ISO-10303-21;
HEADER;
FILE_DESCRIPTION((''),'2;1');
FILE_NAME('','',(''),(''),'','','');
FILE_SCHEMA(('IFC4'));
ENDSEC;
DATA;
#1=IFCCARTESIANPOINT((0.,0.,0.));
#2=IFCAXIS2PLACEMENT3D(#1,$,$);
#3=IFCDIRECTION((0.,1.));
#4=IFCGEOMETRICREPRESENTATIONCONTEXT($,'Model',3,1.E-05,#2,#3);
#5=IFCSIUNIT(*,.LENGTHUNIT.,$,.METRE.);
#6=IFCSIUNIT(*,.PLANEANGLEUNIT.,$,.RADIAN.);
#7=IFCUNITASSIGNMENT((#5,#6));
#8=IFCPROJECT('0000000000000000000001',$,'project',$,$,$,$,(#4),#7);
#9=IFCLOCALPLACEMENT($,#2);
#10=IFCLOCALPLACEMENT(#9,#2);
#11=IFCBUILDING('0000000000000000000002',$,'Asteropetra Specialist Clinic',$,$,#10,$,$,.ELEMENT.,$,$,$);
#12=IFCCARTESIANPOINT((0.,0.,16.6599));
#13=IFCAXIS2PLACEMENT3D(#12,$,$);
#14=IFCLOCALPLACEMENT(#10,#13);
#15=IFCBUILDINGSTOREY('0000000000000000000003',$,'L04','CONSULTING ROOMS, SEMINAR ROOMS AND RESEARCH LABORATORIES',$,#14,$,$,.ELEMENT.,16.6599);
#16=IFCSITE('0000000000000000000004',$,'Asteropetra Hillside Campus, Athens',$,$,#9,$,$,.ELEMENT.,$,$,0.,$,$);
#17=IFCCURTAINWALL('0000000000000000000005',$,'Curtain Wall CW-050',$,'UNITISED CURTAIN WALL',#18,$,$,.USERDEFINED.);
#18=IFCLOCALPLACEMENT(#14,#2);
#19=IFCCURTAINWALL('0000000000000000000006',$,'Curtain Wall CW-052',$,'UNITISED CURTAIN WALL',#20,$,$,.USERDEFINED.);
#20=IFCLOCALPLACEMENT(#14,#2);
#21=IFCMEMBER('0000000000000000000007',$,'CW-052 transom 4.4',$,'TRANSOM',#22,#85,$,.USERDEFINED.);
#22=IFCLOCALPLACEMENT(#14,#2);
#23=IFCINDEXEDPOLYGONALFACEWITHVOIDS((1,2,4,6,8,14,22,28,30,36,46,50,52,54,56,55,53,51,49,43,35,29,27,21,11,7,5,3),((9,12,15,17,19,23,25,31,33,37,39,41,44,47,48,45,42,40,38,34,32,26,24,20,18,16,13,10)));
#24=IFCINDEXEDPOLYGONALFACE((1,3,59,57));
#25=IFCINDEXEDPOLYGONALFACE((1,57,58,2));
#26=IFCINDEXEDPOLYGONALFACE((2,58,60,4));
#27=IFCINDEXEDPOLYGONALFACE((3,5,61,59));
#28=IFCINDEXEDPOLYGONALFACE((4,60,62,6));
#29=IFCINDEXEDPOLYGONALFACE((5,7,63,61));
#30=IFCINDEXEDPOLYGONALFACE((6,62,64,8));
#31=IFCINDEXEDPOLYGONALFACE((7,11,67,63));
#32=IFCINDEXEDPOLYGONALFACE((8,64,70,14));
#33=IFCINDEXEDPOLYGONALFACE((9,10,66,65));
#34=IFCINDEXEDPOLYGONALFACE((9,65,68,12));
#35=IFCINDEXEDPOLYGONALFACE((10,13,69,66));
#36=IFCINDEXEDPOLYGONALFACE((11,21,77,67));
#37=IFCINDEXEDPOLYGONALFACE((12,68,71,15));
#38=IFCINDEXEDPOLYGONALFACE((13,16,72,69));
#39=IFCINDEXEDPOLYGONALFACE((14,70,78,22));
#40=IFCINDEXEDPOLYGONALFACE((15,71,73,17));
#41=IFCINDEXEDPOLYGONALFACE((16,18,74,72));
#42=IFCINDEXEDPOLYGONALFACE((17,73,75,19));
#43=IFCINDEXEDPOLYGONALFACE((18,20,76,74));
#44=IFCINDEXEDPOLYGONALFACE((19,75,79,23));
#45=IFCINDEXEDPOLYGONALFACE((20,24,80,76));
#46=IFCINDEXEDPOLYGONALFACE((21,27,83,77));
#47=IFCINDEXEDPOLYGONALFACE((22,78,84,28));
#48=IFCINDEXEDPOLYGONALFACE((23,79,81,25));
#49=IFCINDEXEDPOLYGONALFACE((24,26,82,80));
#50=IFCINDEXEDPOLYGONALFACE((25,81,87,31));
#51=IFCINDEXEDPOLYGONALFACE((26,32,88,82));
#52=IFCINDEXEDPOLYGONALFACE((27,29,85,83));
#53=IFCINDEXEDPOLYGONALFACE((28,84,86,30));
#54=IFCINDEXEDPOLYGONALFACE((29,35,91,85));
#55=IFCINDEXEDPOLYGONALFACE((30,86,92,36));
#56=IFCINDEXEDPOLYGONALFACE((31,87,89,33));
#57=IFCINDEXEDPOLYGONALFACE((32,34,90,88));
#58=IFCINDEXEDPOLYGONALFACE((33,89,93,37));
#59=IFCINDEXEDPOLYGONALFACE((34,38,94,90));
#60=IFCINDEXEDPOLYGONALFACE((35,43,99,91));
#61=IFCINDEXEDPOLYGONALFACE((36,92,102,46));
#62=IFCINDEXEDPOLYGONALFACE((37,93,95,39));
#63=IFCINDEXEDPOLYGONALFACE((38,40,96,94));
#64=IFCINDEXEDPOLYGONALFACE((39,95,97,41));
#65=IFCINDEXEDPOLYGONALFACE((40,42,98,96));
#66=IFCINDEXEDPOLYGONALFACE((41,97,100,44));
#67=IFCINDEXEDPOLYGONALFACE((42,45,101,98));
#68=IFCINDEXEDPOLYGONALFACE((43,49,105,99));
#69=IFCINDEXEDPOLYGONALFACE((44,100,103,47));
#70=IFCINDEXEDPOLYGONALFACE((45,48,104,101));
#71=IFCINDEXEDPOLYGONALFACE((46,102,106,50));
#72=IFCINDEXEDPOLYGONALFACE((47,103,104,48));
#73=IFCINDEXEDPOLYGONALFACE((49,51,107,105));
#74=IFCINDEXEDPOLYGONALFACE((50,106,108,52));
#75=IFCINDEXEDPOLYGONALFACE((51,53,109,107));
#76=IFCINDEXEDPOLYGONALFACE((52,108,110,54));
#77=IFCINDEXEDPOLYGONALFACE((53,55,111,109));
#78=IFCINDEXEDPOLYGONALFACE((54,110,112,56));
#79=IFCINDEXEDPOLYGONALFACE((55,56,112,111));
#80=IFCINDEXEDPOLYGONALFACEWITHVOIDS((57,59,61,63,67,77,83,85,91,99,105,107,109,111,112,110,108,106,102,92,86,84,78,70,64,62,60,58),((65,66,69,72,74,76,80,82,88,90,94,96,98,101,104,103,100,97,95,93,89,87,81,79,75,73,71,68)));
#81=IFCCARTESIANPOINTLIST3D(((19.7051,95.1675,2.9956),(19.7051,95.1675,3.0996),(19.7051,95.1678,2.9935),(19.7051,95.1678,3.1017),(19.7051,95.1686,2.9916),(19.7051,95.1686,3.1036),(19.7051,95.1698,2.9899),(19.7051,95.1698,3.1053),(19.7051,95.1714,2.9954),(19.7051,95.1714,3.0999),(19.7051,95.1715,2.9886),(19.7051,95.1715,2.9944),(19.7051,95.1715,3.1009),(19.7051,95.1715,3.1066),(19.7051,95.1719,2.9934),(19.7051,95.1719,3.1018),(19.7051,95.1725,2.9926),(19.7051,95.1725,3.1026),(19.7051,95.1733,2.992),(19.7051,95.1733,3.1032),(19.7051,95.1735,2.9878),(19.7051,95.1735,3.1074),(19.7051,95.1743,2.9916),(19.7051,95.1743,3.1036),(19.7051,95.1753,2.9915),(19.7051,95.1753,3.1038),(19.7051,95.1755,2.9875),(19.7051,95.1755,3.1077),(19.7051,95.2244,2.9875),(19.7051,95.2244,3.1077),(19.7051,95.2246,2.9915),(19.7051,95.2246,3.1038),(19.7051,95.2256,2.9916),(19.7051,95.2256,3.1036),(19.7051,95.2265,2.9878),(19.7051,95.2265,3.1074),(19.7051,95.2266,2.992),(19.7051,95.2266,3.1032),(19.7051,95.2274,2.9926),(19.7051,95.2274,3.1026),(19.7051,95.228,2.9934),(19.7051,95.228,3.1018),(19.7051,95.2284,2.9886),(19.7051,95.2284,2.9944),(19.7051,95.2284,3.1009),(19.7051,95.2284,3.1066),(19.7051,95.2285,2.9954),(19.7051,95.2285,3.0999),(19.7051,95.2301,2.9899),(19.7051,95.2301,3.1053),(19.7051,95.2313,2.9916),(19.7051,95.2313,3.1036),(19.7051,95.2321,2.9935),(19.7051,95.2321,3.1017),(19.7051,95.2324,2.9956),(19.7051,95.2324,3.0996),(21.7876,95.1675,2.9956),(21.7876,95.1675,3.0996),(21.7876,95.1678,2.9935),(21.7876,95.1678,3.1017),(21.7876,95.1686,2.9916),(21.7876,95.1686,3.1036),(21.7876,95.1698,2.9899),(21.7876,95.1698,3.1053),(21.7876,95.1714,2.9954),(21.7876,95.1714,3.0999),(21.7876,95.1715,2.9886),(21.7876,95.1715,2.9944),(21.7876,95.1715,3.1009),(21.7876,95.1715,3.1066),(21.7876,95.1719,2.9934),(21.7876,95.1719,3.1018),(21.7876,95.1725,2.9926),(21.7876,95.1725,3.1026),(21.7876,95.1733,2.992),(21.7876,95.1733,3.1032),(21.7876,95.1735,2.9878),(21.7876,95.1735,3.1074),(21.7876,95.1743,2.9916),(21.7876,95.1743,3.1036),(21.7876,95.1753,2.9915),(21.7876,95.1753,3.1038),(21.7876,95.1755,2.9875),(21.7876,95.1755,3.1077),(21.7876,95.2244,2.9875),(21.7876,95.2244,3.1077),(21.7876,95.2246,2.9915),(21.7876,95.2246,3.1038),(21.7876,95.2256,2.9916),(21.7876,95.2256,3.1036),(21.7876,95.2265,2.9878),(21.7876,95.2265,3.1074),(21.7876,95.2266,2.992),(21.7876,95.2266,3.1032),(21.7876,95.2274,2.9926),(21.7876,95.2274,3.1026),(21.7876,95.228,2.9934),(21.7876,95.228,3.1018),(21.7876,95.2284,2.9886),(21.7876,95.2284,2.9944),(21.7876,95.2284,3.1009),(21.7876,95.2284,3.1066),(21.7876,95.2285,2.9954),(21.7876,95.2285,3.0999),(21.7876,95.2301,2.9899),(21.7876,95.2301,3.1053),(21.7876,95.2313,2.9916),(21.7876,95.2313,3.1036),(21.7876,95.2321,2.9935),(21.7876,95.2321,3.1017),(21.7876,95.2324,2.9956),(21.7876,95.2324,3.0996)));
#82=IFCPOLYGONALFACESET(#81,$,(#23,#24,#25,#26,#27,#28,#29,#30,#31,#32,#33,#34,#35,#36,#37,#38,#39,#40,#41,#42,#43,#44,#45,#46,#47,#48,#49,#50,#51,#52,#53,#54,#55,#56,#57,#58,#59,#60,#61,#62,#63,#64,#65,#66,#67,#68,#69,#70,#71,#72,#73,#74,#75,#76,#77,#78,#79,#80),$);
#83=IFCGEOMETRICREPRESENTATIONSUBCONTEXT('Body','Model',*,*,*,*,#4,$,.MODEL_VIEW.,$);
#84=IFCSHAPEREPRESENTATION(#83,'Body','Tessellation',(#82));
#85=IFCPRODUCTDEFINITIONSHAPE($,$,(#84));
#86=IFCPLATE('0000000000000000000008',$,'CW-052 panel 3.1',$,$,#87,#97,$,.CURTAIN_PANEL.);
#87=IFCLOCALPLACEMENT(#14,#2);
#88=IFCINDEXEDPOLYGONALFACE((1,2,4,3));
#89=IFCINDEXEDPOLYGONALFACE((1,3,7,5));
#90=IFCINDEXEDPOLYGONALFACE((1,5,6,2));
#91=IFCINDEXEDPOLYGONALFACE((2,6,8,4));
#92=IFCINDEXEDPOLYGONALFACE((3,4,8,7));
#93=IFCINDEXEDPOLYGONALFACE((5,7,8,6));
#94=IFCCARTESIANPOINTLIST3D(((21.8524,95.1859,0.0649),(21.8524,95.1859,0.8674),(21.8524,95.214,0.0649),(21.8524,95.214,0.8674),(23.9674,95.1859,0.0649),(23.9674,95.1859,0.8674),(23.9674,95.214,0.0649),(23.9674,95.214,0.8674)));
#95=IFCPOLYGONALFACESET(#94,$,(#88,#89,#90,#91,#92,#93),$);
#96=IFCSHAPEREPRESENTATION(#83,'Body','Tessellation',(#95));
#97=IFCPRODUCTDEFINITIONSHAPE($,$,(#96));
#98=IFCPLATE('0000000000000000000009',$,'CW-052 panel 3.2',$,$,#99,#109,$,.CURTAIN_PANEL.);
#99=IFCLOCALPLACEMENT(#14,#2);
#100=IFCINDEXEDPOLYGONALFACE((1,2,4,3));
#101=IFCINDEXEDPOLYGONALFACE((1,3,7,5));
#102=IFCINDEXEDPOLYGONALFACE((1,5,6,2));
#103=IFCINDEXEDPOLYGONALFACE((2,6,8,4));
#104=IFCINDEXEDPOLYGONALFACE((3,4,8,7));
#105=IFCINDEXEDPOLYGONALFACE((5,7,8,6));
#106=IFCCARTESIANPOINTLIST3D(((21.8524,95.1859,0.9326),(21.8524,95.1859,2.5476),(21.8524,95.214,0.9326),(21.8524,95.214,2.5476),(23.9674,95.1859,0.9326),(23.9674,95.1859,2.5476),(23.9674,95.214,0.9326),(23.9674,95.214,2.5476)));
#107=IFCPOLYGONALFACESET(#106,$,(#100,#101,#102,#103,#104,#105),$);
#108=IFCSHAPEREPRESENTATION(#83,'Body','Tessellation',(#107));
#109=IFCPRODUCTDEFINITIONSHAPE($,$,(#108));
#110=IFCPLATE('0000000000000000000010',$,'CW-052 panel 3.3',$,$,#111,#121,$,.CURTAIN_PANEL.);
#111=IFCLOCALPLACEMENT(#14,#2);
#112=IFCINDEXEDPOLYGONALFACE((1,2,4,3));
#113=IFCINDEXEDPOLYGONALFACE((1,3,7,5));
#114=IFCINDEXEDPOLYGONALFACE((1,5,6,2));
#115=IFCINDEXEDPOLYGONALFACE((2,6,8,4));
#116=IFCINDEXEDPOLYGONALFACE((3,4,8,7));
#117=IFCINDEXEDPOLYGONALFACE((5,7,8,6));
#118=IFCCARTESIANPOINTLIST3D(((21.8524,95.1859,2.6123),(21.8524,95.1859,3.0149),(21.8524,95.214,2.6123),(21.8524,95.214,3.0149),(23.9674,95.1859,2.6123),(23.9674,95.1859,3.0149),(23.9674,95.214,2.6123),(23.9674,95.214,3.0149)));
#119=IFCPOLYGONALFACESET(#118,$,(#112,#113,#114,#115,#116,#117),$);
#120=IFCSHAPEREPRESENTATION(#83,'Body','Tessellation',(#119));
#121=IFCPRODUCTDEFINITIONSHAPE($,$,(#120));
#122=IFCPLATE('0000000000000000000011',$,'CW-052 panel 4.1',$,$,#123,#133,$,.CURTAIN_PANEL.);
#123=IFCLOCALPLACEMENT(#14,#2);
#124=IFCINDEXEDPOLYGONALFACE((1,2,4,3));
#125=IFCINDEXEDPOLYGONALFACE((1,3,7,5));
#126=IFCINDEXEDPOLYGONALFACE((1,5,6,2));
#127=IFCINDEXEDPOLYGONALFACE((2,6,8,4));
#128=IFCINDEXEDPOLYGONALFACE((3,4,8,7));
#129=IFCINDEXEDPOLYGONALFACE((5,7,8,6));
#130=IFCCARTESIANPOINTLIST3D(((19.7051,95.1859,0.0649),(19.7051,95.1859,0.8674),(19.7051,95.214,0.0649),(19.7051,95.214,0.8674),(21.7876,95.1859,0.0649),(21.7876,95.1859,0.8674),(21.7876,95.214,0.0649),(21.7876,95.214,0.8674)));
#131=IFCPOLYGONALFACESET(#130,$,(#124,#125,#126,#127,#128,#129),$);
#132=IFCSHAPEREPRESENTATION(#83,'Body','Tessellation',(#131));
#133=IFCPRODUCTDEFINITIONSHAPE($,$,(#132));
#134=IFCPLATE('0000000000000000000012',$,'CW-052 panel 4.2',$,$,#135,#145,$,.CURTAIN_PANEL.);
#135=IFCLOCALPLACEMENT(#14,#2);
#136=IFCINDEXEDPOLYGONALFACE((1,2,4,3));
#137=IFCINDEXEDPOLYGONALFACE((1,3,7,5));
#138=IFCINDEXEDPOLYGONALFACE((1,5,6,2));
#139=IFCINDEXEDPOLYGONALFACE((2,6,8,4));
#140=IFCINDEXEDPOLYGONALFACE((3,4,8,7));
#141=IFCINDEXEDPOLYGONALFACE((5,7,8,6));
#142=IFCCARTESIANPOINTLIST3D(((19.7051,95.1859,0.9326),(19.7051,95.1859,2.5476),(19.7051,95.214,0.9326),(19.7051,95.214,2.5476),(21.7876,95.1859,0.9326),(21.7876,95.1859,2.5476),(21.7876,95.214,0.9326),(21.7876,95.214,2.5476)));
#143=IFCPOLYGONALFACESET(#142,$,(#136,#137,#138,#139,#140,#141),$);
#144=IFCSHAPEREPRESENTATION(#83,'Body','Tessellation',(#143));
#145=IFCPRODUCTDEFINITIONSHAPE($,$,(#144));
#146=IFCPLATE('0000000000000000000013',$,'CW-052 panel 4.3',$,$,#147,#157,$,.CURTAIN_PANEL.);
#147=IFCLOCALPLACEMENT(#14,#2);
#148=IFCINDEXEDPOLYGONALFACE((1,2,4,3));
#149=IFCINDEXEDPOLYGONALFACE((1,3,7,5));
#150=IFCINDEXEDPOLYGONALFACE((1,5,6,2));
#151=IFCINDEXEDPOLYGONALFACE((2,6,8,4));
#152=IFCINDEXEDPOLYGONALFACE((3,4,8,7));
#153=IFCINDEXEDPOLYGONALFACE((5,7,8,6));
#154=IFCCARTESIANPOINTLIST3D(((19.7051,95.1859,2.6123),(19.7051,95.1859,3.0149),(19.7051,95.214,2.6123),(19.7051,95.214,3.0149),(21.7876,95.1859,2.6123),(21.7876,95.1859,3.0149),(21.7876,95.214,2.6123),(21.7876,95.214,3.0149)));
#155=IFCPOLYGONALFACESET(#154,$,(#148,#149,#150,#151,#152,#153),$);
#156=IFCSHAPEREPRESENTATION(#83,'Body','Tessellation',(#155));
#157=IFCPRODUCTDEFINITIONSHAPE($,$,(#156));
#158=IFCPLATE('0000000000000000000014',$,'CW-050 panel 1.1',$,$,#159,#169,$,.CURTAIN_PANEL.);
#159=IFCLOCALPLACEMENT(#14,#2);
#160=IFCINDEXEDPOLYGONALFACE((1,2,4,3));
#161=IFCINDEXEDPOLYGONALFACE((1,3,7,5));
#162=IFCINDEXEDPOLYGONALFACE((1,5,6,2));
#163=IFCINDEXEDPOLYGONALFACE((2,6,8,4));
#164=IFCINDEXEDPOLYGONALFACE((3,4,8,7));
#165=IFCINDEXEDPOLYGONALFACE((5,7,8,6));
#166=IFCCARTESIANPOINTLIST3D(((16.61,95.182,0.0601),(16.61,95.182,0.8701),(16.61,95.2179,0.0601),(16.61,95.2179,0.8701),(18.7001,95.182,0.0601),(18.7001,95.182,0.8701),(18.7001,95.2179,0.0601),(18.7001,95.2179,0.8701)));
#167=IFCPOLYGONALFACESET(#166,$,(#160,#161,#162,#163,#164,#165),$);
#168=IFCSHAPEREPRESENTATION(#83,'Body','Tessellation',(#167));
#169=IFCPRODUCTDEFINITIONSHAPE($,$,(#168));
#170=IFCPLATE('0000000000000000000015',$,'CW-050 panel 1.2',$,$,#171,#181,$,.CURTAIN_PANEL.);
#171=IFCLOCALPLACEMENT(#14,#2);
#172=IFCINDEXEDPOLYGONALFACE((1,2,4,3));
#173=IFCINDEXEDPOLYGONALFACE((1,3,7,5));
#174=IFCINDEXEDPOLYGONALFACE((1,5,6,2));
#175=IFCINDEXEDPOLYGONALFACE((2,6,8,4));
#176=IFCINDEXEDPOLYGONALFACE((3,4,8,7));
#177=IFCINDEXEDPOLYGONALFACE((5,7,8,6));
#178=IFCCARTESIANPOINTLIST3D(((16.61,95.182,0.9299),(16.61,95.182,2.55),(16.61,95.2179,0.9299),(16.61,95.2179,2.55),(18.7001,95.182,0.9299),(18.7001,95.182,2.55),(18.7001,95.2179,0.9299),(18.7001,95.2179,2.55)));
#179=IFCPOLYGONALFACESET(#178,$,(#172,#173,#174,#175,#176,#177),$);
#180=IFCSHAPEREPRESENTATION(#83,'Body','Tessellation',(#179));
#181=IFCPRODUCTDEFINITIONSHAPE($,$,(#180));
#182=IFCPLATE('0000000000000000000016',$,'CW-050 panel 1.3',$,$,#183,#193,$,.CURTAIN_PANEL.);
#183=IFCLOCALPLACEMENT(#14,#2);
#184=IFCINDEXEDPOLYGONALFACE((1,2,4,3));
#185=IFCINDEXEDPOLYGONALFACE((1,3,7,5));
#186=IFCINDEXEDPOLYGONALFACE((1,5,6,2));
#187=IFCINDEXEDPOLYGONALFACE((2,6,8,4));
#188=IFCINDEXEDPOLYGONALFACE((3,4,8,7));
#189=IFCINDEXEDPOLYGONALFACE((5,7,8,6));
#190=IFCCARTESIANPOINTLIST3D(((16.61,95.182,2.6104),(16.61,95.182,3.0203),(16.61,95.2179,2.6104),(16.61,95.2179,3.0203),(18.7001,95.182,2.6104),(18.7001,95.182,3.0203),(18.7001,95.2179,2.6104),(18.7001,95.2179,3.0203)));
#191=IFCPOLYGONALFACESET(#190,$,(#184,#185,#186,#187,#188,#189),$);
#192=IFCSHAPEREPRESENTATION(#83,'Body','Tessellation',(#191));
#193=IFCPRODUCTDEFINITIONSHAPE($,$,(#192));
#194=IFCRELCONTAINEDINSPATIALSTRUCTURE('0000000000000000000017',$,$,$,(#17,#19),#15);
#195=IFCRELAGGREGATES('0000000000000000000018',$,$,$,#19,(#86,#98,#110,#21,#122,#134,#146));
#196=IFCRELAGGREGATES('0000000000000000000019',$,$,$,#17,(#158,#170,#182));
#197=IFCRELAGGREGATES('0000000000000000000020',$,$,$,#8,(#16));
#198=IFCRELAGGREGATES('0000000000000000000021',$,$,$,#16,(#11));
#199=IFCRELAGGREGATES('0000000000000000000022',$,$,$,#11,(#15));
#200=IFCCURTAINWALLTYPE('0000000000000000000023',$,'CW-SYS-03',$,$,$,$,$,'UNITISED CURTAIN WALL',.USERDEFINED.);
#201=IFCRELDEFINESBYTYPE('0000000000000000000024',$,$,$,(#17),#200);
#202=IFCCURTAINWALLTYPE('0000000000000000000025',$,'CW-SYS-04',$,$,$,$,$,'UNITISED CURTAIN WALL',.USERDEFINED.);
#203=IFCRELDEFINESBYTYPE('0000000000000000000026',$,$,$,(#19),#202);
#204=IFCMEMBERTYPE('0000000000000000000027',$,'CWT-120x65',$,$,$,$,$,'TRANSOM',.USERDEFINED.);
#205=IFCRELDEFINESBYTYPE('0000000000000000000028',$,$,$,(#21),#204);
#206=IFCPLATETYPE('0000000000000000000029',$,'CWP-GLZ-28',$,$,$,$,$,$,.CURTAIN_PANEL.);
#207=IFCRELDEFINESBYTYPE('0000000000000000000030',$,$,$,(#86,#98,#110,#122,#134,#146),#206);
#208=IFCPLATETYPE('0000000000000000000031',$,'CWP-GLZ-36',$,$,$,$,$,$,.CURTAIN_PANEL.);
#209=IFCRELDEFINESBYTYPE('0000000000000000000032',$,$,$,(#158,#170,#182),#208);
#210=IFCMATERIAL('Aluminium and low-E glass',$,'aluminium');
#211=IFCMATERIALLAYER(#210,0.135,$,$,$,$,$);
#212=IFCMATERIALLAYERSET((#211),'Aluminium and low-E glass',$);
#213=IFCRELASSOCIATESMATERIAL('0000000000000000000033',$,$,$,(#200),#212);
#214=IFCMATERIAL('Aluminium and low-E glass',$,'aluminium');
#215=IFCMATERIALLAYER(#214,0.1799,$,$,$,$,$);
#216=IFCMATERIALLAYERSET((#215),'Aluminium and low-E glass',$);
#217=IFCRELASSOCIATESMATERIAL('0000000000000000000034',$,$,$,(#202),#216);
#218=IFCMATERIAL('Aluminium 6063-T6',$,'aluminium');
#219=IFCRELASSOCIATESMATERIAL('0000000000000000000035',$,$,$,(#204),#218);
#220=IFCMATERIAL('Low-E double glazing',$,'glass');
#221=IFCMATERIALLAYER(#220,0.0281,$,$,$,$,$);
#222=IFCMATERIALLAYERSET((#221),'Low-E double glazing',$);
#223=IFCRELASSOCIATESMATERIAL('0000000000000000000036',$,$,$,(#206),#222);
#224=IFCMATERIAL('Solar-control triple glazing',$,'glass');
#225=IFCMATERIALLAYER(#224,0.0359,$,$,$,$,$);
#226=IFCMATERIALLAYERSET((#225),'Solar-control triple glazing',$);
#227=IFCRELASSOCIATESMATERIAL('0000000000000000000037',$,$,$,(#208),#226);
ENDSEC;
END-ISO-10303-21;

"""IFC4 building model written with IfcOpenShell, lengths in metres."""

from ifc_helpers import new_model, si_unit, direction, frame, origin, origin_2d, place, context, subcontext, project, spatial, rectangle, hollow_rectangle, extrude, material, layer, layer_set, material_profile, profile_set, type_object, element, aggregate, save


model = new_model("IFC4")

# Units and contexts
model_context = context("Model", 3, precision=1e-05, world=origin(), true_north=direction((0.0, 1.0)))
body_context = subcontext(model_context, "Body", "Model", "MODEL_VIEW")
ifc_project = project(units=[si_unit("LENGTHUNIT", "METRE"), si_unit("PLANEANGLEUNIT", "RADIAN")], contexts=[model_context])

# Site, building, storey
site_placement = place(None, origin())
site = spatial("IfcSite", under=ifc_project, at=site_placement, Name="Asteropetra Hillside Campus, Athens", CompositionType="ELEMENT", RefElevation=0.0)
building_placement = place(site_placement, origin())
building = spatial("IfcBuilding", under=site, at=building_placement, Name="Asteropetra Specialist Clinic", CompositionType="ELEMENT")
storey_placement = place(building_placement, frame((0.0, 0.0, 16.6599)))
storey = spatial("IfcBuildingStorey", under=building, at=storey_placement, Name="L04", Description="CONSULTING ROOMS, SEMINAR ROOMS AND RESEARCH LABORATORIES", CompositionType="ELEMENT", Elevation=16.6599)

# Curtain walls
ifc_material_1 = material(Name="Aluminium and low-E glass", Category="aluminium")
ifc_layer_1 = layer(ifc_material_1, 0.135)
ifc_layer_set_1 = layer_set([ifc_layer_1], Name="Aluminium and low-E glass")
curtain_wall_type_1 = type_object("IfcCurtainWallType", Name="CW-SYS-03", ElementType="UNITISED CURTAIN WALL", PredefinedType="USERDEFINED", material=ifc_layer_set_1)
curtain_wall_1_placement = place(storey_placement, origin())
curtain_wall_1 = element("IfcCurtainWall", 1, at=curtain_wall_1_placement, inside=storey, type_object=curtain_wall_type_1, Name="Curtain Wall CW-050", ObjectType="UNITISED CURTAIN WALL", PredefinedType="USERDEFINED")
ifc_material_2 = material(Name="Aluminium and low-E glass", Category="aluminium")
ifc_layer_2 = layer(ifc_material_2, 0.1799)
ifc_layer_set_2 = layer_set([ifc_layer_2], Name="Aluminium and low-E glass")
curtain_wall_type_2 = type_object("IfcCurtainWallType", Name="CW-SYS-04", ElementType="UNITISED CURTAIN WALL", PredefinedType="USERDEFINED", material=ifc_layer_set_2)
curtain_wall_2_placement = place(storey_placement, origin())
curtain_wall_2 = element("IfcCurtainWall", 2, at=curtain_wall_2_placement, inside=storey, type_object=curtain_wall_type_2, Name="Curtain Wall CW-052", ObjectType="UNITISED CURTAIN WALL", PredefinedType="USERDEFINED")

# Member
ifc_material_3 = material(Name="Aluminium 6063-T6", Category="aluminium")
ifc_material_profile_1 = material_profile(ifc_material_3, hollow_rectangle(XDim=0.0649, YDim=0.1201, WallThickness=0.0039, InnerFilletRadius=0.0039, OuterFilletRadius=0.0081, at=origin_2d()), Name="TRN 120x65x4.0")
ifc_profile_set_1 = profile_set([ifc_material_profile_1], Name="Aluminium 6063-T6")
member_type_1 = type_object("IfcMemberType", Name="CWT-120x65", ElementType="TRANSOM", PredefinedType="USERDEFINED", material=ifc_profile_set_1)
member_1_placement = place(storey_placement, frame((21.7876, 95.2, 3.0476), z_axis=(-1.0, 0.0, 0.0), x_axis=(0.0, -1.0, 0.0)))
member_1 = element("IfcMember", 3, at=member_1_placement, type_object=member_type_1, Name="CW-052 transom 4.4", ObjectType="TRANSOM", PredefinedType="USERDEFINED", context=body_context, shape_type="SweptSolid", body=[
    extrude(hollow_rectangle(XDim=0.0649, YDim=0.1201, WallThickness=0.0039, InnerFilletRadius=0.0039, OuterFilletRadius=0.0081, at=origin_2d()), origin(), (0.0, 0.0, 1.0), 2.0825),
])

# Plates
ifc_material_4 = material(Name="Low-E double glazing", Category="glass")
ifc_layer_3 = layer(ifc_material_4, 0.0281)
ifc_layer_set_3 = layer_set([ifc_layer_3], Name="Low-E double glazing")
plate_type_1 = type_object("IfcPlateType", Name="CWP-GLZ-28", PredefinedType="CURTAIN_PANEL", material=ifc_layer_set_3)
plate_1_placement = place(storey_placement, frame((22.9099, 95.2, 0.0649), z_axis=(0.0, 0.0, 1.0), x_axis=(-1.0, 0.0, 0.0)))
plate_1 = element("IfcPlate", 4, at=plate_1_placement, type_object=plate_type_1, Name="CW-052 panel 3.1", PredefinedType="CURTAIN_PANEL", context=body_context, shape_type="SweptSolid", body=[
    extrude(rectangle(XDim=2.115, YDim=0.0281, at=origin_2d()), origin(), (0.0, 0.0, 1.0), 0.8025),
])
plate_2_placement = place(storey_placement, frame((22.9099, 95.2, 0.9326), z_axis=(0.0, 0.0, 1.0), x_axis=(-1.0, 0.0, 0.0)))
plate_2 = element("IfcPlate", 5, at=plate_2_placement, type_object=plate_type_1, Name="CW-052 panel 3.2", PredefinedType="CURTAIN_PANEL", context=body_context, shape_type="SweptSolid", body=[
    extrude(rectangle(XDim=2.115, YDim=0.0281, at=origin_2d()), origin(), (0.0, 0.0, 1.0), 1.615),
])
plate_3_placement = place(storey_placement, frame((22.9099, 95.2, 2.6123), z_axis=(0.0, 0.0, 1.0), x_axis=(-1.0, 0.0, 0.0)))
plate_3 = element("IfcPlate", 6, at=plate_3_placement, type_object=plate_type_1, Name="CW-052 panel 3.3", PredefinedType="CURTAIN_PANEL", context=body_context, shape_type="SweptSolid", body=[
    extrude(rectangle(XDim=2.115, YDim=0.0281, at=origin_2d()), origin(), (0.0, 0.0, 1.0), 0.4026),
])
plate_4_placement = place(storey_placement, frame((20.7463, 95.2, 0.0649), z_axis=(0.0, 0.0, 1.0), x_axis=(-1.0, 0.0, 0.0)))
plate_4 = element("IfcPlate", 7, at=plate_4_placement, type_object=plate_type_1, Name="CW-052 panel 4.1", PredefinedType="CURTAIN_PANEL", context=body_context, shape_type="SweptSolid", body=[
    extrude(rectangle(XDim=2.0825, YDim=0.0281, at=origin_2d()), origin(), (0.0, 0.0, 1.0), 0.8025),
])
plate_5_placement = place(storey_placement, frame((20.7463, 95.2, 0.9326), z_axis=(0.0, 0.0, 1.0), x_axis=(-1.0, 0.0, 0.0)))
plate_5 = element("IfcPlate", 8, at=plate_5_placement, type_object=plate_type_1, Name="CW-052 panel 4.2", PredefinedType="CURTAIN_PANEL", context=body_context, shape_type="SweptSolid", body=[
    extrude(rectangle(XDim=2.0825, YDim=0.0281, at=origin_2d()), origin(), (0.0, 0.0, 1.0), 1.615),
])
plate_6_placement = place(storey_placement, frame((20.7463, 95.2, 2.6123), z_axis=(0.0, 0.0, 1.0), x_axis=(-1.0, 0.0, 0.0)))
plate_6 = element("IfcPlate", 9, at=plate_6_placement, type_object=plate_type_1, Name="CW-052 panel 4.3", PredefinedType="CURTAIN_PANEL", context=body_context, shape_type="SweptSolid", body=[
    extrude(rectangle(XDim=2.0825, YDim=0.0281, at=origin_2d()), origin(), (0.0, 0.0, 1.0), 0.4026),
])
aggregate(curtain_wall_2, [plate_1, plate_2, plate_3, member_1, plate_4, plate_5, plate_6])
ifc_material_5 = material(Name="Solar-control triple glazing", Category="glass")
ifc_layer_4 = layer(ifc_material_5, 0.0359)
ifc_layer_set_4 = layer_set([ifc_layer_4], Name="Solar-control triple glazing")
plate_type_2 = type_object("IfcPlateType", Name="CWP-GLZ-36", PredefinedType="CURTAIN_PANEL", material=ifc_layer_set_4)
plate_7_placement = place(storey_placement, frame((17.655, 95.2, 0.0601), z_axis=(0.0, 0.0, 1.0), x_axis=(-1.0, 0.0, 0.0)))
plate_7 = element("IfcPlate", 10, at=plate_7_placement, type_object=plate_type_2, Name="CW-050 panel 1.1", PredefinedType="CURTAIN_PANEL", context=body_context, shape_type="SweptSolid", body=[
    extrude(rectangle(XDim=2.0901, YDim=0.0359, at=origin_2d()), origin(), (0.0, 0.0, 1.0), 0.8101),
])
plate_8_placement = place(storey_placement, frame((17.655, 95.2, 0.9299), z_axis=(0.0, 0.0, 1.0), x_axis=(-1.0, 0.0, 0.0)))
plate_8 = element("IfcPlate", 11, at=plate_8_placement, type_object=plate_type_2, Name="CW-050 panel 1.2", PredefinedType="CURTAIN_PANEL", context=body_context, shape_type="SweptSolid", body=[
    extrude(rectangle(XDim=2.0901, YDim=0.0359, at=origin_2d()), origin(), (0.0, 0.0, 1.0), 1.6201),
])
plate_9_placement = place(storey_placement, frame((17.655, 95.2, 2.6104), z_axis=(0.0, 0.0, 1.0), x_axis=(-1.0, 0.0, 0.0)))
plate_9 = element("IfcPlate", 12, at=plate_9_placement, type_object=plate_type_2, Name="CW-050 panel 1.3", PredefinedType="CURTAIN_PANEL", context=body_context, shape_type="SweptSolid", body=[
    extrude(rectangle(XDim=2.0901, YDim=0.0359, at=origin_2d()), origin(), (0.0, 0.0, 1.0), 0.4099),
])
aggregate(curtain_wall_1, [plate_7, plate_8, plate_9])

save(model, "model.ifc")
